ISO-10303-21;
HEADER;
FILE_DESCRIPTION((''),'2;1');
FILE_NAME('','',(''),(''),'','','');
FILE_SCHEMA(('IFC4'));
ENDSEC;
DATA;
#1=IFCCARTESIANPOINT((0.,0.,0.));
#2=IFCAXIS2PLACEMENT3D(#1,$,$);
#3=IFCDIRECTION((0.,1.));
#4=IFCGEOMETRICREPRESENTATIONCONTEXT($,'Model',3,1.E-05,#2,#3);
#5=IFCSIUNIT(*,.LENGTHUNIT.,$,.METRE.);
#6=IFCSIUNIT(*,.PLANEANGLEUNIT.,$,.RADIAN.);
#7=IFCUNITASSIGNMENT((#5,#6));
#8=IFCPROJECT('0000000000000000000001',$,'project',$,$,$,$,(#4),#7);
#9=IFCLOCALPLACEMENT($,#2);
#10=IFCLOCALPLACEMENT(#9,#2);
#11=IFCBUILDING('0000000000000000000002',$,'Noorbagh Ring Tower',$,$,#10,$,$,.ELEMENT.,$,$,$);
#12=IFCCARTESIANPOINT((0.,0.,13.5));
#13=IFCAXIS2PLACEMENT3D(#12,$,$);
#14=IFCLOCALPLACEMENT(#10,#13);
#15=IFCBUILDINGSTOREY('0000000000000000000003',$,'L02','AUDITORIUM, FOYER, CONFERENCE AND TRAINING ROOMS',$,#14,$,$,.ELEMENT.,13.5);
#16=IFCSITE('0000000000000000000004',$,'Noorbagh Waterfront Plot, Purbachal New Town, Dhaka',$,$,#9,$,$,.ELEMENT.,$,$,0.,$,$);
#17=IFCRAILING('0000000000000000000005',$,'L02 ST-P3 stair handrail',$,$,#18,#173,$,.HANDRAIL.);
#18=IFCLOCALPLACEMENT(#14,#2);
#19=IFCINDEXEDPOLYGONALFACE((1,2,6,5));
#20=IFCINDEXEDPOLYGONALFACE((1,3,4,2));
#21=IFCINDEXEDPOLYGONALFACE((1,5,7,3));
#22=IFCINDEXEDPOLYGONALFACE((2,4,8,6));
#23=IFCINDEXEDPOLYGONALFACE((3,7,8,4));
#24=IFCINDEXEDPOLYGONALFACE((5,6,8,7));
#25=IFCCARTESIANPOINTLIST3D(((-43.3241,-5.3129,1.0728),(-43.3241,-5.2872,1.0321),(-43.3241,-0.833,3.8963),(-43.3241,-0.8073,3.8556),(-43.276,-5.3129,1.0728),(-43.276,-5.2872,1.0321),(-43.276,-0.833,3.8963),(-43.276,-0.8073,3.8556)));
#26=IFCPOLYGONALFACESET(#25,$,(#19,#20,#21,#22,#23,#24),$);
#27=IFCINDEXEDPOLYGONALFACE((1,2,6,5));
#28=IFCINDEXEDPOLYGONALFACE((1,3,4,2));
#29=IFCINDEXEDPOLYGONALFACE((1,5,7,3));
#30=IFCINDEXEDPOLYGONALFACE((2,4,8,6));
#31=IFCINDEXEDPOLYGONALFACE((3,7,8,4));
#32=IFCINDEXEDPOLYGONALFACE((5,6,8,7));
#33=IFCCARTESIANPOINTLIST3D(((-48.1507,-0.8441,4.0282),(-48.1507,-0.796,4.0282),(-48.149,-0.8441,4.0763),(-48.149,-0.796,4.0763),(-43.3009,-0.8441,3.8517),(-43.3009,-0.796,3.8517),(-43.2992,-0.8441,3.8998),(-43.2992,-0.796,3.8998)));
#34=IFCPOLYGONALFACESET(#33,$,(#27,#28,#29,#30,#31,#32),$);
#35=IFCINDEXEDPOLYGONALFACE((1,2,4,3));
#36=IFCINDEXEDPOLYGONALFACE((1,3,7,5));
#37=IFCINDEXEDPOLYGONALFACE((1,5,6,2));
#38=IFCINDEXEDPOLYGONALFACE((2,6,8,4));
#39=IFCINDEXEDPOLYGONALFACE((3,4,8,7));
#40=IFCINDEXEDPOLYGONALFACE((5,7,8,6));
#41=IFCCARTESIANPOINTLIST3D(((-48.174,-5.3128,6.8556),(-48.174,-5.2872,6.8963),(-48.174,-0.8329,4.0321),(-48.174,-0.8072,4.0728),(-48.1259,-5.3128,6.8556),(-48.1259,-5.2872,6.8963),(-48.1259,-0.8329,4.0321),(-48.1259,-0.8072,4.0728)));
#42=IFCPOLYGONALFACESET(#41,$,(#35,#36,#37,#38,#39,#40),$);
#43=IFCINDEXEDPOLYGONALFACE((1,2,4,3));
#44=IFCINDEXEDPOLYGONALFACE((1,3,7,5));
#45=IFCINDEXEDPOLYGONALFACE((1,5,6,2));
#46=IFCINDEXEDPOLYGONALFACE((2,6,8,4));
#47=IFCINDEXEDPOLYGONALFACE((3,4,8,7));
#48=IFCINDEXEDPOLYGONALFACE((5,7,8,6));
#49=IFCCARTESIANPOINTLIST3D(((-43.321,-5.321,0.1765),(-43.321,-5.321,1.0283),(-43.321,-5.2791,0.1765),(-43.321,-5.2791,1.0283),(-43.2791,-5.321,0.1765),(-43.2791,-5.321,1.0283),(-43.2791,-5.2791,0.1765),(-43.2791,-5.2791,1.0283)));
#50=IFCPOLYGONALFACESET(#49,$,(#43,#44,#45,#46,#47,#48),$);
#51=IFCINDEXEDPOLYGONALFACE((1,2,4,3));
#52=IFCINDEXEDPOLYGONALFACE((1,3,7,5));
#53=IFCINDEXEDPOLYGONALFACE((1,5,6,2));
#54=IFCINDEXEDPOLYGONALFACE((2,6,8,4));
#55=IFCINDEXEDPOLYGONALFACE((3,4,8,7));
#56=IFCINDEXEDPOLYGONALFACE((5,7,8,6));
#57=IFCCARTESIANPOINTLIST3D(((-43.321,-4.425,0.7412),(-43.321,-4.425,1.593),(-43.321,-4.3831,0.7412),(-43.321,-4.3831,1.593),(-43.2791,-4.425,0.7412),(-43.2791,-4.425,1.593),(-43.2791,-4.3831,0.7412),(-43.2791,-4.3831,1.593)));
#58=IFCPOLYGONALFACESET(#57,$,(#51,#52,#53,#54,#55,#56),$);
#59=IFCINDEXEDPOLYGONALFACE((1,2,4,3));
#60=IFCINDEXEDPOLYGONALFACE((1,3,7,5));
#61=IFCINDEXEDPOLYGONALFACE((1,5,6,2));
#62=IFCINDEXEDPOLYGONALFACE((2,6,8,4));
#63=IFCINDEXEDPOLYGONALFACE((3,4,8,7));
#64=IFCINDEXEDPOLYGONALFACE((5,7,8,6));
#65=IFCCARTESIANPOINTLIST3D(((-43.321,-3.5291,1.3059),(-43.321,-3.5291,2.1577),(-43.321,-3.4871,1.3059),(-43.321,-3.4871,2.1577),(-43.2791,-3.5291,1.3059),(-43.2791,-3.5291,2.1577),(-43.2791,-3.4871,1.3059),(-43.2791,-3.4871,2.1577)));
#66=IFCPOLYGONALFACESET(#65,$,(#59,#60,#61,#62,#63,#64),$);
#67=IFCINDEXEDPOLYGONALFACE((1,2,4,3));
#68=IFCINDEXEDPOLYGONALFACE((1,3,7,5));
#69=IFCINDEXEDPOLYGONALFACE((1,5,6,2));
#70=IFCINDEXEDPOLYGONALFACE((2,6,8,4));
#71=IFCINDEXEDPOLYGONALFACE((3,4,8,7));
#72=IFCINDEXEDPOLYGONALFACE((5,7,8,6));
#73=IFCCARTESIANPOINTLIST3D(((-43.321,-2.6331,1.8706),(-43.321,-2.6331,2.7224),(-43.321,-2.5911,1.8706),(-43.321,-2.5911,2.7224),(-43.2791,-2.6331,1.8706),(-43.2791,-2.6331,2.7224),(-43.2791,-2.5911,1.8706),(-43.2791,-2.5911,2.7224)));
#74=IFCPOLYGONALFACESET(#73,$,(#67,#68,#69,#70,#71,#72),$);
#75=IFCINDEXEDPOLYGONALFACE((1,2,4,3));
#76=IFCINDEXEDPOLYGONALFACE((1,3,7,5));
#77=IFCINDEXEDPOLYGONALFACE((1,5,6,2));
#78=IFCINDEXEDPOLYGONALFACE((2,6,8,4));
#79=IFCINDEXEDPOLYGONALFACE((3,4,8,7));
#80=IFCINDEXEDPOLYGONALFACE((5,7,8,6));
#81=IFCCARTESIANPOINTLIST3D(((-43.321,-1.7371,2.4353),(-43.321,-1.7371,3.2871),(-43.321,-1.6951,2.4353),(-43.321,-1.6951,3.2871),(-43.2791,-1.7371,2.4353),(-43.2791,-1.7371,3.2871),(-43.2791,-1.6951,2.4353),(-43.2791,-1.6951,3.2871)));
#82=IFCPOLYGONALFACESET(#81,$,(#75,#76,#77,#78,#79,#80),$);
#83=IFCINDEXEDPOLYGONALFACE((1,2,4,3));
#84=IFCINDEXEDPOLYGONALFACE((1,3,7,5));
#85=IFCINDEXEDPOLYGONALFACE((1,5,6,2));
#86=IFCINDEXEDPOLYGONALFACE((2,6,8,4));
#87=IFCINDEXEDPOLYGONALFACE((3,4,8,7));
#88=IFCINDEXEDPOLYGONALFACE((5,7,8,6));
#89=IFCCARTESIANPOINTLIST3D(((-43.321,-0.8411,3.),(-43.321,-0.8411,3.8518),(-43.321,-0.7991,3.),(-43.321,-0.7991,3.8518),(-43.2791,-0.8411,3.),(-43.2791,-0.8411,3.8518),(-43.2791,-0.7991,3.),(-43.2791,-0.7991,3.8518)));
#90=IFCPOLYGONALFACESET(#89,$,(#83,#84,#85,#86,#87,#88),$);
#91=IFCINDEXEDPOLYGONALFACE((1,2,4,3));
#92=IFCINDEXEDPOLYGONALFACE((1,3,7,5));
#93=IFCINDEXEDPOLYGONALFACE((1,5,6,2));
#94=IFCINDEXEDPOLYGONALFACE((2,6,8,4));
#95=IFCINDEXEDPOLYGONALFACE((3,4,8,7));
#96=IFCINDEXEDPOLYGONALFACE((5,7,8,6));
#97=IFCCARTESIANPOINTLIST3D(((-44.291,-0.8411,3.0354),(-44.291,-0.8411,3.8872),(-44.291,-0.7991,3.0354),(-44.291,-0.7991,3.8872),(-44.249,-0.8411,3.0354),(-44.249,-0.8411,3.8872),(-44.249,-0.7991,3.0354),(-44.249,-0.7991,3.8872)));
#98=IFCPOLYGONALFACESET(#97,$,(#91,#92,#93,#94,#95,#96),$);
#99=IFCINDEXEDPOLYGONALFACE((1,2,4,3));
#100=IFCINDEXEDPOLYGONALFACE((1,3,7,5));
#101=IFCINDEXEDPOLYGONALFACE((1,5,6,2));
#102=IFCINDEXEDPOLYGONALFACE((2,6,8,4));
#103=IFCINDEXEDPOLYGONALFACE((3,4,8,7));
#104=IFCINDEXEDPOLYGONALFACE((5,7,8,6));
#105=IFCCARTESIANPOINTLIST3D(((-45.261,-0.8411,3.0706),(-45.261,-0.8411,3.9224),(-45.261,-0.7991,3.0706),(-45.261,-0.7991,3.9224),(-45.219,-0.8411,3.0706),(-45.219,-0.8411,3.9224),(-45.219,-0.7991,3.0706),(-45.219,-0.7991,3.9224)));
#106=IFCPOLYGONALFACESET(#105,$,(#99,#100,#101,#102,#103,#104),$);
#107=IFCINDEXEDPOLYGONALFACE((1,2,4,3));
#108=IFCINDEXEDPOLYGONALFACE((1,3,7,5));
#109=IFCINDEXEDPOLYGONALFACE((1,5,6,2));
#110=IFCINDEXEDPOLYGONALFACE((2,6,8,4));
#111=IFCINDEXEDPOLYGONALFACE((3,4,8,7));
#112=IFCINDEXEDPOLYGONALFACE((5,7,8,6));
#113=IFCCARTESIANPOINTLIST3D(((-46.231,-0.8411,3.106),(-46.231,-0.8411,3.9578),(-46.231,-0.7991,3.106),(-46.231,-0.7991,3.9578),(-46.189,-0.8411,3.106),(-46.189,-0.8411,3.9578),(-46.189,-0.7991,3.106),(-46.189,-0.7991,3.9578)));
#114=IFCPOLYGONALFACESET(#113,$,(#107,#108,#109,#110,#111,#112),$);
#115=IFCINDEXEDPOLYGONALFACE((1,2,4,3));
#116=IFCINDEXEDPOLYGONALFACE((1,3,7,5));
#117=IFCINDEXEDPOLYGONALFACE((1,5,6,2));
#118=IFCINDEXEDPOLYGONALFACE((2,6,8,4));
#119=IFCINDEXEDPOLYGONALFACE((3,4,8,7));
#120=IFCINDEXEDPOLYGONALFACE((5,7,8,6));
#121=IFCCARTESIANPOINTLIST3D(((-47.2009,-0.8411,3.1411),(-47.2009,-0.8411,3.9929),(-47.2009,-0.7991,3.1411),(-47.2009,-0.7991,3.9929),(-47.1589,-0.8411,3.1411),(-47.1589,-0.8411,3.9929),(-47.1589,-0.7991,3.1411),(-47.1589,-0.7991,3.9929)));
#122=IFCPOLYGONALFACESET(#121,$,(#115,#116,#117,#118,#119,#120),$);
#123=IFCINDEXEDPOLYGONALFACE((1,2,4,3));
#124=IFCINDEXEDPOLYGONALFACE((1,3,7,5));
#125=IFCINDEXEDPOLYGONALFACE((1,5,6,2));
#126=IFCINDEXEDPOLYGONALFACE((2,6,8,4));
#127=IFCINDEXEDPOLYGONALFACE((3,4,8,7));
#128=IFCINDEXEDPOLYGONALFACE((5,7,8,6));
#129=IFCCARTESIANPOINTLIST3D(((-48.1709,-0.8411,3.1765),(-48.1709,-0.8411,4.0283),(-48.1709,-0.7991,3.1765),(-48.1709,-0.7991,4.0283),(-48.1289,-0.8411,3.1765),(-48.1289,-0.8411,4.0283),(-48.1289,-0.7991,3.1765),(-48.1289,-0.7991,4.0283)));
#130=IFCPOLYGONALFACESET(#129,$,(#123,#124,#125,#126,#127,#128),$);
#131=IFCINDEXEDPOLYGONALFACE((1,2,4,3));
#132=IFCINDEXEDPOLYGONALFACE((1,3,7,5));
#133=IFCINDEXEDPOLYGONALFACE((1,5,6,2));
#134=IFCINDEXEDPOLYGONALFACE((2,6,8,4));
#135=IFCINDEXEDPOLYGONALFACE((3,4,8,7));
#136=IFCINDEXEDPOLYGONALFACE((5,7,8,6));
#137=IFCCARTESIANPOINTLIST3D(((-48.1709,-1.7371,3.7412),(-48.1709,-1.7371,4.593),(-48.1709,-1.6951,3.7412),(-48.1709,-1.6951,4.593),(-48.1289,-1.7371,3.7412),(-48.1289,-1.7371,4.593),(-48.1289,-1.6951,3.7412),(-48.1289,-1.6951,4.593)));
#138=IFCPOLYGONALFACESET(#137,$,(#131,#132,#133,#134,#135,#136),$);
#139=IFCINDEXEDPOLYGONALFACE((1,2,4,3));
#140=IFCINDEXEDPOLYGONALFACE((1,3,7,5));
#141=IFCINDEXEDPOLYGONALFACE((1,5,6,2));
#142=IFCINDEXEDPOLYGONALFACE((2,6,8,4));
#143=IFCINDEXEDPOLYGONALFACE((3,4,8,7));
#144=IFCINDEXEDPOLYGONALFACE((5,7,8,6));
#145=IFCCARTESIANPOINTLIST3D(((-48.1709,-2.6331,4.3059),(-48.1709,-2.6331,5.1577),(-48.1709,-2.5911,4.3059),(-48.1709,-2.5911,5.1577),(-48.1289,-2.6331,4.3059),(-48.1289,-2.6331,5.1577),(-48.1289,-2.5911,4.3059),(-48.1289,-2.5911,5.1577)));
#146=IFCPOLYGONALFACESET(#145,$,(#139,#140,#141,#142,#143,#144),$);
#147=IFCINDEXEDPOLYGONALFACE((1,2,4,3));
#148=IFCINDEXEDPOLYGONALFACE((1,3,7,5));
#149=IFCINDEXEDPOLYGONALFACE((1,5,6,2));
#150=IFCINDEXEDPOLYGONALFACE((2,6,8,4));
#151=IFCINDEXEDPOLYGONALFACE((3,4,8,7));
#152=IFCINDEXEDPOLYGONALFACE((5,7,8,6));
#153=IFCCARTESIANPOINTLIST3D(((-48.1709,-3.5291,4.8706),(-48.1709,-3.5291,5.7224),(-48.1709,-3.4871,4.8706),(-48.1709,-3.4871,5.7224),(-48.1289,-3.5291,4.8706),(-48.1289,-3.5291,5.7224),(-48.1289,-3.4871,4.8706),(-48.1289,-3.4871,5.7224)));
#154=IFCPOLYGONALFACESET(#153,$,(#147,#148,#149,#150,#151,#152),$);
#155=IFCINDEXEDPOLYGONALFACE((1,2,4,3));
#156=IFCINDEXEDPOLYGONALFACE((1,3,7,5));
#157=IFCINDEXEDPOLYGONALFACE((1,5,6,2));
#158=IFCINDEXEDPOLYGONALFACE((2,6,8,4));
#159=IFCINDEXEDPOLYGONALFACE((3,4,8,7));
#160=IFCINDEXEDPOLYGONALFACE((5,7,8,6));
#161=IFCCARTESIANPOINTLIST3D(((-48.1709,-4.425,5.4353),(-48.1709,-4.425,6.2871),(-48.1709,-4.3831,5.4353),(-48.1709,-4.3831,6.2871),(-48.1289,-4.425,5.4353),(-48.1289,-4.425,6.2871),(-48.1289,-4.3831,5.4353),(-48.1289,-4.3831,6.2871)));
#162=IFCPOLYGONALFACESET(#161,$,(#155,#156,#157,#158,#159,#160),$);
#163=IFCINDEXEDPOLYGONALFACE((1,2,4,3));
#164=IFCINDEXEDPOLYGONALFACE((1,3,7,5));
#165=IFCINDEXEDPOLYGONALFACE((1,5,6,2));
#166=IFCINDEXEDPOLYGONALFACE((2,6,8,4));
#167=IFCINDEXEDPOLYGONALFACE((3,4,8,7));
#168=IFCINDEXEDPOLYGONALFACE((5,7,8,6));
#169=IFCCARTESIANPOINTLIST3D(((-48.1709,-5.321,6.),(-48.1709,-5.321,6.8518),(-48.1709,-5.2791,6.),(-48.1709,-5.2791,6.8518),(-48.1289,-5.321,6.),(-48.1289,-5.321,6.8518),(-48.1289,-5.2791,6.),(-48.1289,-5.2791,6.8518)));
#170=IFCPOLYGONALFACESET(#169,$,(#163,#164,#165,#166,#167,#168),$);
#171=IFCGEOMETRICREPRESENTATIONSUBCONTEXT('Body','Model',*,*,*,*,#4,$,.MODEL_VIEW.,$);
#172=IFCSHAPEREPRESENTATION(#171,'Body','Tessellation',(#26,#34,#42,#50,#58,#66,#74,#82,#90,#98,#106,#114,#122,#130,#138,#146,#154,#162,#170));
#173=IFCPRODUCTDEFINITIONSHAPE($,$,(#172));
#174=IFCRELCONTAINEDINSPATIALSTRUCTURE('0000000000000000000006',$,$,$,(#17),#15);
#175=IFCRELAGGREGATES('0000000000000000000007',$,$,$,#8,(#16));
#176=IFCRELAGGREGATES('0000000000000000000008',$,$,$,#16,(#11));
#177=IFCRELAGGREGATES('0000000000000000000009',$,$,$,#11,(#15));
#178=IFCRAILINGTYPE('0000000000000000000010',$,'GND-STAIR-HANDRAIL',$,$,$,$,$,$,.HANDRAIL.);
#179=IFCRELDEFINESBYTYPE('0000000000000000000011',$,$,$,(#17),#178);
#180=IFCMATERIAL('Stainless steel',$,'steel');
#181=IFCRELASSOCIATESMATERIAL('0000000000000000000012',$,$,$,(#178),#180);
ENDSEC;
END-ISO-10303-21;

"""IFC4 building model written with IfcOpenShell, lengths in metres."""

from ifc_helpers import new_model, si_unit, direction, frame, origin, origin_2d, place, context, subcontext, project, spatial, rectangle, extrude, material, type_object, element, save


model = new_model("IFC4")

# Units and contexts
model_context = context("Model", 3, precision=1e-05, world=origin(), true_north=direction((0.0, 1.0)))
body_context = subcontext(model_context, "Body", "Model", "MODEL_VIEW")
ifc_project = project(units=[si_unit("LENGTHUNIT", "METRE"), si_unit("PLANEANGLEUNIT", "RADIAN")], contexts=[model_context])

# Site, building, storey
site_placement = place(None, origin())
site = spatial("IfcSite", under=ifc_project, at=site_placement, Name="Noorbagh Waterfront Plot, Purbachal New Town, Dhaka", CompositionType="ELEMENT", RefElevation=0.0)
building_placement = place(site_placement, origin())
building = spatial("IfcBuilding", under=site, at=building_placement, Name="Noorbagh Ring Tower", CompositionType="ELEMENT")
storey_placement = place(building_placement, frame((0.0, 0.0, 13.5)))
storey = spatial("IfcBuildingStorey", under=building, at=storey_placement, Name="L02", Description="AUDITORIUM, FOYER, CONFERENCE AND TRAINING ROOMS", CompositionType="ELEMENT", Elevation=13.5)

# Railing
ifc_material_1 = material(Name="Stainless steel", Category="steel")
railing_type_1 = type_object("IfcRailingType", Name="GND-STAIR-HANDRAIL", PredefinedType="HANDRAIL", material=ifc_material_1)
railing_1_placement = place(storey_placement, frame((-43.3, -5.3, 0.1765)))
element("IfcRailing", 1, at=railing_1_placement, inside=storey, type_object=railing_type_1, Name="L02 ST-P3 stair handrail", PredefinedType="HANDRAIL", context=body_context, shape_type="SweptSolid", body=[
    extrude(rectangle(XDim=0.0481, YDim=0.0481, at=origin_2d()), frame((0.0, 0.0, 0.876), z_axis=(0.0, 0.845998, 0.533186), x_axis=(-1.0, 0.0, 0.0)), (0.0, 0.0, 1.0), 5.2954),
    extrude(rectangle(XDim=0.0481, YDim=0.0481, at=origin_2d()), frame((0.0, 4.48, 3.6992), z_axis=(-0.999338, 0.0, 0.036372), x_axis=(0.0, -1.0, 0.0)), (0.0, 0.0, 1.0), 4.853),
    extrude(rectangle(XDim=0.0481, YDim=0.0481, at=origin_2d()), frame((-4.8499, 4.48, 3.876), z_axis=(0.0, -0.845998, 0.533186), x_axis=(1.0, 0.0, 0.0)), (0.0, 0.0, 1.0), 5.2954),
    extrude(rectangle(XDim=0.042, YDim=0.042, at=origin_2d()), origin(), (0.0, 0.0, 1.0), 0.8518),
    extrude(rectangle(XDim=0.042, YDim=0.042, at=origin_2d()), frame((0.0, 0.896, 0.5647)), (0.0, 0.0, 1.0), 0.8518),
    extrude(rectangle(XDim=0.042, YDim=0.042, at=origin_2d()), frame((0.0, 1.792, 1.1294)), (0.0, 0.0, 1.0), 0.8518),
    extrude(rectangle(XDim=0.042, YDim=0.042, at=origin_2d()), frame((0.0, 2.688, 1.6941)), (0.0, 0.0, 1.0), 0.8518),
    extrude(rectangle(XDim=0.042, YDim=0.042, at=origin_2d()), frame((0.0, 3.584, 2.2588)), (0.0, 0.0, 1.0), 0.8518),
    extrude(rectangle(XDim=0.042, YDim=0.042, at=origin_2d()), frame((0.0, 4.48, 2.8235)), (0.0, 0.0, 1.0), 0.8518),
    extrude(rectangle(XDim=0.042, YDim=0.042, at=origin_2d()), frame((-0.97, 4.48, 2.8589)), (0.0, 0.0, 1.0), 0.8518),
    extrude(rectangle(XDim=0.042, YDim=0.042, at=origin_2d()), frame((-1.9399, 4.48, 2.894)), (0.0, 0.0, 1.0), 0.8518),
    extrude(rectangle(XDim=0.042, YDim=0.042, at=origin_2d()), frame((-2.9099, 4.48, 2.9294)), (0.0, 0.0, 1.0), 0.8518),
    extrude(rectangle(XDim=0.042, YDim=0.042, at=origin_2d()), frame((-3.8799, 4.48, 2.9646)), (0.0, 0.0, 1.0), 0.8518),
    extrude(rectangle(XDim=0.042, YDim=0.042, at=origin_2d()), frame((-4.8499, 4.48, 3.0)), (0.0, 0.0, 1.0), 0.8518),
    extrude(rectangle(XDim=0.042, YDim=0.042, at=origin_2d()), frame((-4.8499, 3.584, 3.5647)), (0.0, 0.0, 1.0), 0.8518),
    extrude(rectangle(XDim=0.042, YDim=0.042, at=origin_2d()), frame((-4.8499, 2.688, 4.1294)), (0.0, 0.0, 1.0), 0.8518),
    extrude(rectangle(XDim=0.042, YDim=0.042, at=origin_2d()), frame((-4.8499, 1.792, 4.6941)), (0.0, 0.0, 1.0), 0.8518),
    extrude(rectangle(XDim=0.042, YDim=0.042, at=origin_2d()), frame((-4.8499, 0.896, 5.2588)), (0.0, 0.0, 1.0), 0.8518),
    extrude(rectangle(XDim=0.042, YDim=0.042, at=origin_2d()), frame((-4.8499, 0.0, 5.8235)), (0.0, 0.0, 1.0), 0.8518),
])

save(model, "model.ifc")
